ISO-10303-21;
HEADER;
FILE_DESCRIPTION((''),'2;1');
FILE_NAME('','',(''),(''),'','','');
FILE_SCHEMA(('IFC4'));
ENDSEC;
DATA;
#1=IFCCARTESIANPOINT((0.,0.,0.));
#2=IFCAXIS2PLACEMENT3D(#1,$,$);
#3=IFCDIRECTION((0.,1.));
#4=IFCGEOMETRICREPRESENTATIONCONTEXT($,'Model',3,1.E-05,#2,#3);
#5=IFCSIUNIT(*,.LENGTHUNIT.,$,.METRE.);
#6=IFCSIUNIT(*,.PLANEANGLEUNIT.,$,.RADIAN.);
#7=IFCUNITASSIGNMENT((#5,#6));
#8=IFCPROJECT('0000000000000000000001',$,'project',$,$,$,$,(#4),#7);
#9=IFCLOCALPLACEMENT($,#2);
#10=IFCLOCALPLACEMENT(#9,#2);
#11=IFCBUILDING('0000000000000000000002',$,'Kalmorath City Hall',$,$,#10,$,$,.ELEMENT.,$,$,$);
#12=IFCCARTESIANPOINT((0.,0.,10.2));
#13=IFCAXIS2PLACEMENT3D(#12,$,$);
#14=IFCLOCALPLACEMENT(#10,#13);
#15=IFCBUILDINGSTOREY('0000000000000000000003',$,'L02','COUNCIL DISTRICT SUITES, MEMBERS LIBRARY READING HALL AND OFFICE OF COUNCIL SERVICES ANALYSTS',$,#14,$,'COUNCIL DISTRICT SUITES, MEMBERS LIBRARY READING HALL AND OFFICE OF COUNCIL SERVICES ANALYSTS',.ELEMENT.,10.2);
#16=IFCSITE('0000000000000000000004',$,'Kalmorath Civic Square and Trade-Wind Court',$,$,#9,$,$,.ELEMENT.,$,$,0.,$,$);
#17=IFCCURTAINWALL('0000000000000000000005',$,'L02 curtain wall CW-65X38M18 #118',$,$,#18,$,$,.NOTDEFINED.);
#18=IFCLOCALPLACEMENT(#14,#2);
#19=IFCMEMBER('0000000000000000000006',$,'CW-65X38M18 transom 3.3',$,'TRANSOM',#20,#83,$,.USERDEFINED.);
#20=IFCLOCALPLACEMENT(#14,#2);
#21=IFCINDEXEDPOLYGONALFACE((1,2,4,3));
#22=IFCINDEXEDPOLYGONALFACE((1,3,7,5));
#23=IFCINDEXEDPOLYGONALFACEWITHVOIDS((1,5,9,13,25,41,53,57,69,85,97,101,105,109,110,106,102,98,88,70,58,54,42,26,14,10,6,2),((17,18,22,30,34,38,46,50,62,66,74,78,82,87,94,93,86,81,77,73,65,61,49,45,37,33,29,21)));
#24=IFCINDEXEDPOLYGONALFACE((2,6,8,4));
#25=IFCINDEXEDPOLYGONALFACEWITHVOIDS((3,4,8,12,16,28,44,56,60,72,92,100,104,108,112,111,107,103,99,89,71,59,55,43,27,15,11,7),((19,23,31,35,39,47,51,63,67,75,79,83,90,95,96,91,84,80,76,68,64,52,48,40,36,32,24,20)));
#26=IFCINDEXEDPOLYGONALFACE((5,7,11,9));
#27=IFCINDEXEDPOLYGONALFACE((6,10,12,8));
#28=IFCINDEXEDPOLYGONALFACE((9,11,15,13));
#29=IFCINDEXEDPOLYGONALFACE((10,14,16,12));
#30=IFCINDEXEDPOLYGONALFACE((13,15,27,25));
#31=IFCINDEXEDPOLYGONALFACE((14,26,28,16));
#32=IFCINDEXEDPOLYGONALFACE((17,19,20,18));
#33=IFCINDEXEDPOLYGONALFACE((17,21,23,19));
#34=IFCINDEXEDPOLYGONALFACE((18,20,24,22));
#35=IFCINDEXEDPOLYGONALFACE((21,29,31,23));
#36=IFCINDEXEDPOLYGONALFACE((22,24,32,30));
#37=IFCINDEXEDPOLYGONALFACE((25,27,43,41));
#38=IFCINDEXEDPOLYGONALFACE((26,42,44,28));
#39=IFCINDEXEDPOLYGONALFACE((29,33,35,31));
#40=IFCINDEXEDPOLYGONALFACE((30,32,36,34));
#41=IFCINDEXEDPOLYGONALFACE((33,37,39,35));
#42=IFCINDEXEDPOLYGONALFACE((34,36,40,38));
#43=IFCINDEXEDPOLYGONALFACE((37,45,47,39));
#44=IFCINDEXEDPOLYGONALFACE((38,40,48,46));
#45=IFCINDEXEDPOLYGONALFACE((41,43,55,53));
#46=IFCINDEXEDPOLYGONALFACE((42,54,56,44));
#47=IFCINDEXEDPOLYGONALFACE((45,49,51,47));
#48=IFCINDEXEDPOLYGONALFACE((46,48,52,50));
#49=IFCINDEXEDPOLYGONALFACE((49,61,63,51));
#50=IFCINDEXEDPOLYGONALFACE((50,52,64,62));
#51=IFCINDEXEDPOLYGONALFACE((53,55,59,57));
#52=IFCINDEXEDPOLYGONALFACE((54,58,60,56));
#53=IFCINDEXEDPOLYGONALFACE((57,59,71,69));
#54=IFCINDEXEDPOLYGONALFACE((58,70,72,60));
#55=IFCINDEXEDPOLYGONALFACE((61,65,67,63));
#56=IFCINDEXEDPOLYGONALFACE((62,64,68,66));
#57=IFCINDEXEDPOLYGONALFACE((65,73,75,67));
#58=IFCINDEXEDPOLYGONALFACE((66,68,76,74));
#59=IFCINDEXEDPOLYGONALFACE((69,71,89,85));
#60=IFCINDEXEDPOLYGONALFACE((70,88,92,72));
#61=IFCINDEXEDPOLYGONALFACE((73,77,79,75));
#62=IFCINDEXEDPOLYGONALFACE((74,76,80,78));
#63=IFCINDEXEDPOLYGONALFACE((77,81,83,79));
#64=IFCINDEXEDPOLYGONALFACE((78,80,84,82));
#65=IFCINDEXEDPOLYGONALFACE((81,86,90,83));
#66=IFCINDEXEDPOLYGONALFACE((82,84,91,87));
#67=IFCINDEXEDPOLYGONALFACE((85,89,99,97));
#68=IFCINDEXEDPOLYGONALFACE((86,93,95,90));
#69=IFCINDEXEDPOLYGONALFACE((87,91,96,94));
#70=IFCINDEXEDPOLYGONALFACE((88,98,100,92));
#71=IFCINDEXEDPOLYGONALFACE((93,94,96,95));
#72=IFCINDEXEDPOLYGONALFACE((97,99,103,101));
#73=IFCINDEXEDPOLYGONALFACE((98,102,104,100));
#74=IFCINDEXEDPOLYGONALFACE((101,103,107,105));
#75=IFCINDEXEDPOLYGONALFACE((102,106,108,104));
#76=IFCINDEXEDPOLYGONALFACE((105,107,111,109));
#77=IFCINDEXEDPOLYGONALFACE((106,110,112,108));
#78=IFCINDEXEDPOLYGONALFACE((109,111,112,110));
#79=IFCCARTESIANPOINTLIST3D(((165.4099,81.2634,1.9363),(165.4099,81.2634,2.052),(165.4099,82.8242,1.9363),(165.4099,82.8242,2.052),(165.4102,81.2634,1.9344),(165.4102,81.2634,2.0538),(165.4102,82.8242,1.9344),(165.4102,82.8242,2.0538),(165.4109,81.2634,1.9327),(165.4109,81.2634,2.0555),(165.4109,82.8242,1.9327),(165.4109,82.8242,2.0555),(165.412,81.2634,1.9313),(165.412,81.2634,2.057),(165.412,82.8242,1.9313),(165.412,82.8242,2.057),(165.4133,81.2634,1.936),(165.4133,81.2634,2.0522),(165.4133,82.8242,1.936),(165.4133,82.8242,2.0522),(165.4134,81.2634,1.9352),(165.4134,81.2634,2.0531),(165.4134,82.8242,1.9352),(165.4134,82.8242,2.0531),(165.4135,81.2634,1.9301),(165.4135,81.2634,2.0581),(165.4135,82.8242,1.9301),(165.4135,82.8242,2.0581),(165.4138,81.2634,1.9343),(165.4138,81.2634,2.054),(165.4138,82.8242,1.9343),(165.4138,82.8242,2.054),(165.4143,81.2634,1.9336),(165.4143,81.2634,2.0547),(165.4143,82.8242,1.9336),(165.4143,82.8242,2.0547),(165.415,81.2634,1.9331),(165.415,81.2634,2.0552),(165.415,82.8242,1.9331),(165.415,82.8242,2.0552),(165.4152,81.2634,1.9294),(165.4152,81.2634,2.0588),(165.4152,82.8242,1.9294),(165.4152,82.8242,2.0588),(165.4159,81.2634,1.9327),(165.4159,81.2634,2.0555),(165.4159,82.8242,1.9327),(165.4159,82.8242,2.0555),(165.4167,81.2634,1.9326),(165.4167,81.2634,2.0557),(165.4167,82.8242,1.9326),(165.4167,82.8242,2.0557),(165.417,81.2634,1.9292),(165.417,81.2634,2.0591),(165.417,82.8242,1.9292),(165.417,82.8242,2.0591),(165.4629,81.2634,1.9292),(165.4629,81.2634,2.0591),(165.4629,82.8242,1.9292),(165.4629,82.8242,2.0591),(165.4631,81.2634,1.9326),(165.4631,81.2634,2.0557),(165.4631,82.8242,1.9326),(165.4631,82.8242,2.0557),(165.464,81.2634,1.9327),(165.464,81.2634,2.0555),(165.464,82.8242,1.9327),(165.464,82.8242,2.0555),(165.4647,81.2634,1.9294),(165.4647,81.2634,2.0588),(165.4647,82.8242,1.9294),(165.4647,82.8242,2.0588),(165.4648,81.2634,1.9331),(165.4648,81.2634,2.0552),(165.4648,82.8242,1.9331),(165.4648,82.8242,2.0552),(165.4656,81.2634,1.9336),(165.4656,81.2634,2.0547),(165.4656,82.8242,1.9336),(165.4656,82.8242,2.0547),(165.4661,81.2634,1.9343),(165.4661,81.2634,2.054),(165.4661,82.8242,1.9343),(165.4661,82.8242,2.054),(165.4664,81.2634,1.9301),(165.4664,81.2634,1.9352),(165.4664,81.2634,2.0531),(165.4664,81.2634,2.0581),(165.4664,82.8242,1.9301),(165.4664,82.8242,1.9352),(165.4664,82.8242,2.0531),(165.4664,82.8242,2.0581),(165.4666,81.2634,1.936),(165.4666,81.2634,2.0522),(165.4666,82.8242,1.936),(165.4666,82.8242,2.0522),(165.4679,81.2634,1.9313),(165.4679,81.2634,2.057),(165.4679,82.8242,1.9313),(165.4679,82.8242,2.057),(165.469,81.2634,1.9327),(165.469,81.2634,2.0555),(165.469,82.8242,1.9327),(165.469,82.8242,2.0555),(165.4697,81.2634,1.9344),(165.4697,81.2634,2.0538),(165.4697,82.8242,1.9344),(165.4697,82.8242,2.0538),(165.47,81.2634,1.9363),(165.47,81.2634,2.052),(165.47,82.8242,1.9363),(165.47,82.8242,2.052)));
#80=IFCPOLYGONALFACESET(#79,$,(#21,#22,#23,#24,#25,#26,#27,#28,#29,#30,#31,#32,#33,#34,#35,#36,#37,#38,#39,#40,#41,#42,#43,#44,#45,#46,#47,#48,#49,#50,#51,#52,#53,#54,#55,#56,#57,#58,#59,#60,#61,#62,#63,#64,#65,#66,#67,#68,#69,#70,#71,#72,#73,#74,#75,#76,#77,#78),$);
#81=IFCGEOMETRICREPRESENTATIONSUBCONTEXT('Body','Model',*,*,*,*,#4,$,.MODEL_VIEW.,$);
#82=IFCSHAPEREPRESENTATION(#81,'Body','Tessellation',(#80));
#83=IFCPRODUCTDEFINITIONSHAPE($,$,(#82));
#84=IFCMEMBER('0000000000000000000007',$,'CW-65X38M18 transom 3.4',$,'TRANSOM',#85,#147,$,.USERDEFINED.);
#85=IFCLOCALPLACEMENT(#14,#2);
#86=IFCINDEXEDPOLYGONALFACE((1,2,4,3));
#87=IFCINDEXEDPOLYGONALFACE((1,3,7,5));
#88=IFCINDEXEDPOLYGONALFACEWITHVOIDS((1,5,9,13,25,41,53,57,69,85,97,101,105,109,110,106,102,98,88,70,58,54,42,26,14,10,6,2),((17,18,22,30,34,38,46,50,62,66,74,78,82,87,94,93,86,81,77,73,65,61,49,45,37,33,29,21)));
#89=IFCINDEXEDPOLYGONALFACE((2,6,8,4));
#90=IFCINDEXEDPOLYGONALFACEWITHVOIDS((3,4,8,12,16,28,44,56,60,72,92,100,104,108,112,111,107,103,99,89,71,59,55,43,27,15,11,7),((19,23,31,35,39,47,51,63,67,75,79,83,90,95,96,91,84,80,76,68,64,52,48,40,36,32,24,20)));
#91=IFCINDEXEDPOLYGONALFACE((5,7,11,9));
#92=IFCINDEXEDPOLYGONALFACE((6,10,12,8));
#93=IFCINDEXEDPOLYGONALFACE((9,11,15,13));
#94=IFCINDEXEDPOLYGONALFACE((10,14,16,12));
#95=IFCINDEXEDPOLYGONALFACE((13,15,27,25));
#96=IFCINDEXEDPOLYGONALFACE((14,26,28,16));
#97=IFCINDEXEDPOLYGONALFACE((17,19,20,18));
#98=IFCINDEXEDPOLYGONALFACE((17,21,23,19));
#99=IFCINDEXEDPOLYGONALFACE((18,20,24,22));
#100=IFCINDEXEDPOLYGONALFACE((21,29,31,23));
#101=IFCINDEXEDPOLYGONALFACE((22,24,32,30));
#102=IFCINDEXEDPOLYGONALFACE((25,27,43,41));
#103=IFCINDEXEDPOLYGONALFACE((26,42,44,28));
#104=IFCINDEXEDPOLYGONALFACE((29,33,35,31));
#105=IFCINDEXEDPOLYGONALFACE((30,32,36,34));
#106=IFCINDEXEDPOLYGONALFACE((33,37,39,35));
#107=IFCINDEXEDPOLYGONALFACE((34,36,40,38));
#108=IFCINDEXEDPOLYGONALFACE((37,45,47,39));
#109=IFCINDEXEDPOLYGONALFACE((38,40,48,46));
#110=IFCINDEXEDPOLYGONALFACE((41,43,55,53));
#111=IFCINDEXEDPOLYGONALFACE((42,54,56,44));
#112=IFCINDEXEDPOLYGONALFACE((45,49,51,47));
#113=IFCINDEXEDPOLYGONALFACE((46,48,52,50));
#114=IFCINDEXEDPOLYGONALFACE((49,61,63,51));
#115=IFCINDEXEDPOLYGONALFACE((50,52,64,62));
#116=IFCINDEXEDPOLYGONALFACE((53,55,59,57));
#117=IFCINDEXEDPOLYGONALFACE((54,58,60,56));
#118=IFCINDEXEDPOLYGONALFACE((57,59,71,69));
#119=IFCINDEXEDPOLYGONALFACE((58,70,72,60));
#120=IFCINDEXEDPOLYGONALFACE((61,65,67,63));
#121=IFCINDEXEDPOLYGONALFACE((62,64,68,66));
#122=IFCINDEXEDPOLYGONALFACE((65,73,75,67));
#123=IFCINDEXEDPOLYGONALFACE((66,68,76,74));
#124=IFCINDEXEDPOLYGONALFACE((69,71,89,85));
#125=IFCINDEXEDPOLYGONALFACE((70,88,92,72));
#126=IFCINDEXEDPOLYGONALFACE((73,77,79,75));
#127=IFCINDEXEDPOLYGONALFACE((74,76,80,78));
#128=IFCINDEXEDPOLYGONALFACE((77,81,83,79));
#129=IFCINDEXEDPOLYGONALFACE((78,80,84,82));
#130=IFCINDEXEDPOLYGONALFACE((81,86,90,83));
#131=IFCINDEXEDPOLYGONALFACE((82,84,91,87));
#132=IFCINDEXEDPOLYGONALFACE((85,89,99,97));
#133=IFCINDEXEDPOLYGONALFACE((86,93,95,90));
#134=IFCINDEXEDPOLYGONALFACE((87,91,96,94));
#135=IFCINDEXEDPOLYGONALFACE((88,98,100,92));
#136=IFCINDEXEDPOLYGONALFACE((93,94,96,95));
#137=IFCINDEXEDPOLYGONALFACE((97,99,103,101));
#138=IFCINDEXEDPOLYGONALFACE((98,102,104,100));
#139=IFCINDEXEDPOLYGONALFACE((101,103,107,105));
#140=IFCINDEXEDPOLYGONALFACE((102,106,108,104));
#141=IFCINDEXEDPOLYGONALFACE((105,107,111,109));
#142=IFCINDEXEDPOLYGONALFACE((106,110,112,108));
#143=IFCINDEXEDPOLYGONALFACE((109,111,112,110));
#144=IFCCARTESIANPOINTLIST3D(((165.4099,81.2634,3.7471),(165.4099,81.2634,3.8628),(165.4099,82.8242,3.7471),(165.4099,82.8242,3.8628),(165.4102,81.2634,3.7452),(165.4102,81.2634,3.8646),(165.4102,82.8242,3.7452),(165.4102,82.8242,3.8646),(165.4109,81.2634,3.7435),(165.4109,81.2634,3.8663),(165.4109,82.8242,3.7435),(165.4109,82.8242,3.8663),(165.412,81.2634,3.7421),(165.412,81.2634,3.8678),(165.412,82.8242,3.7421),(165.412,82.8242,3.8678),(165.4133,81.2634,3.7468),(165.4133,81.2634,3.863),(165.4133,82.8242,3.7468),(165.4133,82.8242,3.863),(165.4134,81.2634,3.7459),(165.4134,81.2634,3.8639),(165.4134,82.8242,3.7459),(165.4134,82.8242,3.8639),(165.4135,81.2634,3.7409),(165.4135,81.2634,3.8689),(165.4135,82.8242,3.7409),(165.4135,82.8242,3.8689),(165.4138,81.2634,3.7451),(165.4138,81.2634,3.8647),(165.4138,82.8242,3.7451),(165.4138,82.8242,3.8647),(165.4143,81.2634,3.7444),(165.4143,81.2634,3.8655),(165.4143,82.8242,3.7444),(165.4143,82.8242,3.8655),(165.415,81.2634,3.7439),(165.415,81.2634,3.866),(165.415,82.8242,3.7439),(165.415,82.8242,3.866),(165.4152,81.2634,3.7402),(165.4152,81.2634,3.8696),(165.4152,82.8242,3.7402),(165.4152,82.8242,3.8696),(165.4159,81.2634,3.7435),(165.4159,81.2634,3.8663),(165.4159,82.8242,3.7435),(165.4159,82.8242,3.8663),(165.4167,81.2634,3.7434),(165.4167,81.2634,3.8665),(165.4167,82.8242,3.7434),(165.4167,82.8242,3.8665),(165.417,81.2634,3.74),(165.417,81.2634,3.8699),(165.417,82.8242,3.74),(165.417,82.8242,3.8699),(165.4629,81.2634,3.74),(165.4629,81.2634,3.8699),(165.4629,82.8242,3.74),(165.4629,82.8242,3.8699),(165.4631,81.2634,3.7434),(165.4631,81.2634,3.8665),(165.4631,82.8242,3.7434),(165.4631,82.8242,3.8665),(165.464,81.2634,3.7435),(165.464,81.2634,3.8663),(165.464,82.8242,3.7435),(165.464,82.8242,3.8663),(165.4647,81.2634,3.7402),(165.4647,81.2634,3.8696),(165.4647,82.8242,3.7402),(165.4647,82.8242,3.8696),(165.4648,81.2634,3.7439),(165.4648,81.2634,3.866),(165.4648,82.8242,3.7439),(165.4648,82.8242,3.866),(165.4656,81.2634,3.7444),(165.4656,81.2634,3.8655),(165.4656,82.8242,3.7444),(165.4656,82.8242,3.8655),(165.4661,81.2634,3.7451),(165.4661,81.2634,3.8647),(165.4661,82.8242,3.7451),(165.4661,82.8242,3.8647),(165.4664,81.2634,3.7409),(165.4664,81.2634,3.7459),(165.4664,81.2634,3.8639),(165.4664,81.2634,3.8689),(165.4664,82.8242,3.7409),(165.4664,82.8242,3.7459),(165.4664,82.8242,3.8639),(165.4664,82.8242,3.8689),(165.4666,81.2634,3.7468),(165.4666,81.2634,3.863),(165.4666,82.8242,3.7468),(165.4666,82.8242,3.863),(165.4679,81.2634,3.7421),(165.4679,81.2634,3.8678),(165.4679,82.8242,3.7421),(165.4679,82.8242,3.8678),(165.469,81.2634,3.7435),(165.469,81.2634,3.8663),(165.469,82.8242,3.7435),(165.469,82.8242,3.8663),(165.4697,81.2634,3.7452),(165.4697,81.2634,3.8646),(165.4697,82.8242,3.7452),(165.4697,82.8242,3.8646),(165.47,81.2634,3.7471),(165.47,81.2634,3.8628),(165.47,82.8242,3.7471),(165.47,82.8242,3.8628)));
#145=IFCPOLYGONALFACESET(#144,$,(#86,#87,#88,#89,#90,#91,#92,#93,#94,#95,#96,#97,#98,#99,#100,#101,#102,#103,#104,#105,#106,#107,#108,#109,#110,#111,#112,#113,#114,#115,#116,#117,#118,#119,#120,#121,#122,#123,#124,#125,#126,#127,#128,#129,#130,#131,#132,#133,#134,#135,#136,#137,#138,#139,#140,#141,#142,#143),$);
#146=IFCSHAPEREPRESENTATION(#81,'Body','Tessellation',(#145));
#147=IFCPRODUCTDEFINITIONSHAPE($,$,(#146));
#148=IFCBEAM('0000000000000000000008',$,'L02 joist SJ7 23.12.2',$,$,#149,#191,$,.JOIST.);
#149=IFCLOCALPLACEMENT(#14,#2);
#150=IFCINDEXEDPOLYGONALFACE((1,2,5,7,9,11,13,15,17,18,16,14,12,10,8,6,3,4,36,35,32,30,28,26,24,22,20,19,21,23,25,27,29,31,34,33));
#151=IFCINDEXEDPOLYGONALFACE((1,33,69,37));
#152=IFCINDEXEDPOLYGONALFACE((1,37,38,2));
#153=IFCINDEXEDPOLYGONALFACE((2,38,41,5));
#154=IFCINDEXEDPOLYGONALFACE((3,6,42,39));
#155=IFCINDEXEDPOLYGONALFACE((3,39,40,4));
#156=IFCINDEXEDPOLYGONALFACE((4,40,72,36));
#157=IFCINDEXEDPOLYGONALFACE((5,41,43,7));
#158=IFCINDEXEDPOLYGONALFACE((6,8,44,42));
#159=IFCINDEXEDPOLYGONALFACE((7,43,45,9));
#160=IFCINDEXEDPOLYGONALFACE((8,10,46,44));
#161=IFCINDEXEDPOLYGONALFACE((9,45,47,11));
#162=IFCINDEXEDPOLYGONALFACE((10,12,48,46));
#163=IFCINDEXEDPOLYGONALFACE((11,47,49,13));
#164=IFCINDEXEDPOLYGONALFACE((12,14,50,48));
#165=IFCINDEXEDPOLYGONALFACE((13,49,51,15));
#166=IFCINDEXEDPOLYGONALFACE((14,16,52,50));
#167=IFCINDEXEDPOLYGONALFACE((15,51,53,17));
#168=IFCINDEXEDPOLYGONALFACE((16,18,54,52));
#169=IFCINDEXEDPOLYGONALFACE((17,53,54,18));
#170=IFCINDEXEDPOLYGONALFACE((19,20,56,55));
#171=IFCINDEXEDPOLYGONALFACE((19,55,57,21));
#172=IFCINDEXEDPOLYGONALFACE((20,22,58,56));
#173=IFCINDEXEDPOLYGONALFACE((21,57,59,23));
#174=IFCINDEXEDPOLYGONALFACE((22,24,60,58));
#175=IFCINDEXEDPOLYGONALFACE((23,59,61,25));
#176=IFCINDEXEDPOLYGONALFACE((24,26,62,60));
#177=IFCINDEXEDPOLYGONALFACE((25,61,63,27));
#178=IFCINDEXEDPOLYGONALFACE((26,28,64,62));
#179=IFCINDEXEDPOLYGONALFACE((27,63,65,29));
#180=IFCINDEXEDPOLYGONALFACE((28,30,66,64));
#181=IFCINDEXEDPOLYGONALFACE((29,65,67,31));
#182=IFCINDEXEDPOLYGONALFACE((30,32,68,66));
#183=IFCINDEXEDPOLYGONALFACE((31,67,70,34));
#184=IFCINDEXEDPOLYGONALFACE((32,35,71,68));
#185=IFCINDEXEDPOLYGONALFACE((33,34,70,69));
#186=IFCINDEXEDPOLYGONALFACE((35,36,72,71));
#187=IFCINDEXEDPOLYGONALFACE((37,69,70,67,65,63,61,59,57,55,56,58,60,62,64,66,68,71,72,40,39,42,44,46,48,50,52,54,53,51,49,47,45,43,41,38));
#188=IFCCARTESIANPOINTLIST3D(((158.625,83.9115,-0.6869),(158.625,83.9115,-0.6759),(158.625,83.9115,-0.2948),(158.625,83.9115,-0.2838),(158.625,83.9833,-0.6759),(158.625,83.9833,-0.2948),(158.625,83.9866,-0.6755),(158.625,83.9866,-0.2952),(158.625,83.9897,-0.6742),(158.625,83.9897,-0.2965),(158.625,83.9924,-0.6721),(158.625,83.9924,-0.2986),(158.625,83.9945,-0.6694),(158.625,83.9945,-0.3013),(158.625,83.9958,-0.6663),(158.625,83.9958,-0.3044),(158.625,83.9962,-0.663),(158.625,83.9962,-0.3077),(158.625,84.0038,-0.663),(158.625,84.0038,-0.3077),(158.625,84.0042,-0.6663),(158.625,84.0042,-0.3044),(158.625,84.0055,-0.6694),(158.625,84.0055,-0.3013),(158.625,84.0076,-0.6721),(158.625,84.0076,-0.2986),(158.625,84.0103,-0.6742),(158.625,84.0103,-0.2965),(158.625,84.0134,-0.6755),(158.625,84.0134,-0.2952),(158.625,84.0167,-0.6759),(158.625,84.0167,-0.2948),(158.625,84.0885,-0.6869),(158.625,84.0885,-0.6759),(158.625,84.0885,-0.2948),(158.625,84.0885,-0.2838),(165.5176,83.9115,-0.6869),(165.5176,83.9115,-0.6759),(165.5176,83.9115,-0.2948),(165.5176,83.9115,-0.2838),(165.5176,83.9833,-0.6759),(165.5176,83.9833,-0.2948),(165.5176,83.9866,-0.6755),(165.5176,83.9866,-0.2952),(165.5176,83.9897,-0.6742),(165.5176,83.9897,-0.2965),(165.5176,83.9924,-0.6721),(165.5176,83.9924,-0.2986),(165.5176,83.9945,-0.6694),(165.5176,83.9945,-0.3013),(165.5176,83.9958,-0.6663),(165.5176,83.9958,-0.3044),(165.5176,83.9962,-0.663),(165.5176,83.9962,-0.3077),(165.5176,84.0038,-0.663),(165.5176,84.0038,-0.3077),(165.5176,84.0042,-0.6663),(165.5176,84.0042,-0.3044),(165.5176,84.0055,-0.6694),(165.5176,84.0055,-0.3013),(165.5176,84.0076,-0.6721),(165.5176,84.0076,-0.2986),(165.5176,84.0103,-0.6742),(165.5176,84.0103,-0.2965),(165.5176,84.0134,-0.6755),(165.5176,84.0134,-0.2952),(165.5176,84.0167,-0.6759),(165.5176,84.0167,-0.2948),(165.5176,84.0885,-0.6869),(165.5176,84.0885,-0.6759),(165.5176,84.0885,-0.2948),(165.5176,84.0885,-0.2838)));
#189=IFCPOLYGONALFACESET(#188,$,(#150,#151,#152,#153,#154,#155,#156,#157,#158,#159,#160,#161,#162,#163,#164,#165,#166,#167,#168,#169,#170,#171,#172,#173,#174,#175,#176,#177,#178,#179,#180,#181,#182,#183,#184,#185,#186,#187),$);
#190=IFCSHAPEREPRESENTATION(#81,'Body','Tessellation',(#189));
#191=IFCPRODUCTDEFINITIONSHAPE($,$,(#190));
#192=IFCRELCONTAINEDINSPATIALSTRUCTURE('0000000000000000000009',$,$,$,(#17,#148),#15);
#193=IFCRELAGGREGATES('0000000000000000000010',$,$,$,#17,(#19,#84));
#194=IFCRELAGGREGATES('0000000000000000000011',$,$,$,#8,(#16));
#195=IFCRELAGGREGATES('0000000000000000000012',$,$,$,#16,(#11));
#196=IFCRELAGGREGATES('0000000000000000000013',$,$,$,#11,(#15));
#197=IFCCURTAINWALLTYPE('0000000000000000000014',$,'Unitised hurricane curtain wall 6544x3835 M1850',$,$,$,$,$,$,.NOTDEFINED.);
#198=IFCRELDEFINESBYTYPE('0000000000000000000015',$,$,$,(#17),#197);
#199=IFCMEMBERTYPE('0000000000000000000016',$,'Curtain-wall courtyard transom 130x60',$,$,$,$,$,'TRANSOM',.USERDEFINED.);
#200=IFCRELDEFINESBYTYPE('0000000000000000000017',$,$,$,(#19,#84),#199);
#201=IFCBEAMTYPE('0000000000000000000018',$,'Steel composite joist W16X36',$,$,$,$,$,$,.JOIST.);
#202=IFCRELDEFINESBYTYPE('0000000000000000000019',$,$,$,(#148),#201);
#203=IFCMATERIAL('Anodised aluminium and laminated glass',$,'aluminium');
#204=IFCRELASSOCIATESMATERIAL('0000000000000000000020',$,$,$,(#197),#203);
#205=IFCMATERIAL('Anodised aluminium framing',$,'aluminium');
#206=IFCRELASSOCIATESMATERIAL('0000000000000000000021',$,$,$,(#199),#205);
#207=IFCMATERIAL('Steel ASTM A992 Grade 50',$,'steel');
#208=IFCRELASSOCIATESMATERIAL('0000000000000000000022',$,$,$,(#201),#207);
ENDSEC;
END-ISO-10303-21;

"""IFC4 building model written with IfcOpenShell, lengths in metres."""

from ifc_helpers import new_model, si_unit, direction, frame, origin, origin_2d, place, context, subcontext, project, spatial, hollow_rectangle, i_section, extrude, material, material_profile, profile_set, type_object, element, aggregate, save


model = new_model("IFC4")

# Units and contexts
model_context = context("Model", 3, precision=1e-05, world=origin(), true_north=direction((0.0, 1.0)))
body_context = subcontext(model_context, "Body", "Model", "MODEL_VIEW")
ifc_project = project(units=[si_unit("LENGTHUNIT", "METRE"), si_unit("PLANEANGLEUNIT", "RADIAN")], contexts=[model_context])

# Site, building, storey
site_placement = place(None, origin())
site = spatial("IfcSite", under=ifc_project, at=site_placement, Name="Kalmorath Civic Square and Trade-Wind Court", CompositionType="ELEMENT", RefElevation=0.0)
building_placement = place(site_placement, origin())
building = spatial("IfcBuilding", under=site, at=building_placement, Name="Kalmorath City Hall", CompositionType="ELEMENT")
storey_placement = place(building_placement, frame((0.0, 0.0, 10.2)))
storey = spatial("IfcBuildingStorey", under=building, at=storey_placement, Name="L02", Description="COUNCIL DISTRICT SUITES, MEMBERS LIBRARY READING HALL AND OFFICE OF COUNCIL SERVICES ANALYSTS", LongName="COUNCIL DISTRICT SUITES, MEMBERS LIBRARY READING HALL AND OFFICE OF COUNCIL SERVICES ANALYSTS", CompositionType="ELEMENT", Elevation=10.2)

# Curtain wall, members
ifc_material_1 = material(Name="Anodised aluminium and laminated glass", Category="aluminium")
curtain_wall_type = type_object("IfcCurtainWallType", Name="Unitised hurricane curtain wall 6544x3835 M1850", PredefinedType="NOTDEFINED", material=ifc_material_1)
curtain_wall_placement = place(storey_placement, origin())
curtain_wall = element("IfcCurtainWall", 1, at=curtain_wall_placement, inside=storey, type_object=curtain_wall_type, Name="L02 curtain wall CW-65X38M18 #118", PredefinedType="NOTDEFINED")
ifc_material_2 = material(Name="Anodised aluminium framing", Category="aluminium")
ifc_material_profile_1 = material_profile(ifc_material_2, hollow_rectangle(XDim=0.0601, YDim=0.1299, WallThickness=0.0034, InnerFilletRadius=0.0034, OuterFilletRadius=0.0071, at=origin_2d()), Name="ALU-TRN-130X60X3.5")
ifc_profile_set_1 = profile_set([ifc_material_profile_1], Name="Anodised aluminium framing")
member_type = type_object("IfcMemberType", Name="Curtain-wall courtyard transom 130x60", ElementType="TRANSOM", PredefinedType="USERDEFINED", material=ifc_profile_set_1)
member_1_placement = place(storey_placement, frame((165.4399, 82.8242, 1.9941), z_axis=(0.0, -1.0, 0.0), x_axis=(1.0, 0.0, 0.0)))
member_1 = element("IfcMember", 2, at=member_1_placement, type_object=member_type, Name="CW-65X38M18 transom 3.3", ObjectType="TRANSOM", PredefinedType="USERDEFINED", context=body_context, shape_type="SweptSolid", body=[
    extrude(hollow_rectangle(XDim=0.0601, YDim=0.1299, WallThickness=0.0034, InnerFilletRadius=0.0034, OuterFilletRadius=0.0071, at=origin_2d()), origin(), (0.0, 0.0, 1.0), 1.5608),
])
member_2_placement = place(storey_placement, frame((165.4399, 82.8242, 3.8049), z_axis=(0.0, -1.0, 0.0), x_axis=(1.0, 0.0, 0.0)))
member_2 = element("IfcMember", 3, at=member_2_placement, type_object=member_type, Name="CW-65X38M18 transom 3.4", ObjectType="TRANSOM", PredefinedType="USERDEFINED", context=body_context, shape_type="SweptSolid", body=[
    extrude(hollow_rectangle(XDim=0.0601, YDim=0.1299, WallThickness=0.0034, InnerFilletRadius=0.0034, OuterFilletRadius=0.0071, at=origin_2d()), origin(), (0.0, 0.0, 1.0), 1.5608),
])

# Beam
ifc_material_3 = material(Name="Steel ASTM A992 Grade 50", Category="steel")
ifc_material_profile_2 = material_profile(ifc_material_3, i_section(OverallWidth=0.177, OverallDepth=0.4031, WebThickness=0.0076, FlangeThickness=0.011, FilletRadius=0.0129, at=origin_2d()), Name="W16X36")
ifc_profile_set_2 = profile_set([ifc_material_profile_2], Name="Steel ASTM A992 Grade 50")
beam_type_1 = type_object("IfcBeamType", Name="Steel composite joist W16X36", PredefinedType="JOIST", material=ifc_profile_set_2)
beam_1_placement = place(storey_placement, frame((158.625, 84.0, -0.4854), z_axis=(1.0, 0.0, 0.0), x_axis=(0.0, 1.0, 0.0)))
element("IfcBeam", 4, at=beam_1_placement, inside=storey, type_object=beam_type_1, Name="L02 joist SJ7 23.12.2", PredefinedType="JOIST", context=body_context, shape_type="SweptSolid", body=[
    extrude(i_section(OverallWidth=0.177, OverallDepth=0.4031, WebThickness=0.0076, FlangeThickness=0.011, FilletRadius=0.0129, at=origin_2d()), origin(), (0.0, 0.0, 1.0), 6.8926),
])

aggregate(curtain_wall, [member_1, member_2])

save(model, "model.ifc")
